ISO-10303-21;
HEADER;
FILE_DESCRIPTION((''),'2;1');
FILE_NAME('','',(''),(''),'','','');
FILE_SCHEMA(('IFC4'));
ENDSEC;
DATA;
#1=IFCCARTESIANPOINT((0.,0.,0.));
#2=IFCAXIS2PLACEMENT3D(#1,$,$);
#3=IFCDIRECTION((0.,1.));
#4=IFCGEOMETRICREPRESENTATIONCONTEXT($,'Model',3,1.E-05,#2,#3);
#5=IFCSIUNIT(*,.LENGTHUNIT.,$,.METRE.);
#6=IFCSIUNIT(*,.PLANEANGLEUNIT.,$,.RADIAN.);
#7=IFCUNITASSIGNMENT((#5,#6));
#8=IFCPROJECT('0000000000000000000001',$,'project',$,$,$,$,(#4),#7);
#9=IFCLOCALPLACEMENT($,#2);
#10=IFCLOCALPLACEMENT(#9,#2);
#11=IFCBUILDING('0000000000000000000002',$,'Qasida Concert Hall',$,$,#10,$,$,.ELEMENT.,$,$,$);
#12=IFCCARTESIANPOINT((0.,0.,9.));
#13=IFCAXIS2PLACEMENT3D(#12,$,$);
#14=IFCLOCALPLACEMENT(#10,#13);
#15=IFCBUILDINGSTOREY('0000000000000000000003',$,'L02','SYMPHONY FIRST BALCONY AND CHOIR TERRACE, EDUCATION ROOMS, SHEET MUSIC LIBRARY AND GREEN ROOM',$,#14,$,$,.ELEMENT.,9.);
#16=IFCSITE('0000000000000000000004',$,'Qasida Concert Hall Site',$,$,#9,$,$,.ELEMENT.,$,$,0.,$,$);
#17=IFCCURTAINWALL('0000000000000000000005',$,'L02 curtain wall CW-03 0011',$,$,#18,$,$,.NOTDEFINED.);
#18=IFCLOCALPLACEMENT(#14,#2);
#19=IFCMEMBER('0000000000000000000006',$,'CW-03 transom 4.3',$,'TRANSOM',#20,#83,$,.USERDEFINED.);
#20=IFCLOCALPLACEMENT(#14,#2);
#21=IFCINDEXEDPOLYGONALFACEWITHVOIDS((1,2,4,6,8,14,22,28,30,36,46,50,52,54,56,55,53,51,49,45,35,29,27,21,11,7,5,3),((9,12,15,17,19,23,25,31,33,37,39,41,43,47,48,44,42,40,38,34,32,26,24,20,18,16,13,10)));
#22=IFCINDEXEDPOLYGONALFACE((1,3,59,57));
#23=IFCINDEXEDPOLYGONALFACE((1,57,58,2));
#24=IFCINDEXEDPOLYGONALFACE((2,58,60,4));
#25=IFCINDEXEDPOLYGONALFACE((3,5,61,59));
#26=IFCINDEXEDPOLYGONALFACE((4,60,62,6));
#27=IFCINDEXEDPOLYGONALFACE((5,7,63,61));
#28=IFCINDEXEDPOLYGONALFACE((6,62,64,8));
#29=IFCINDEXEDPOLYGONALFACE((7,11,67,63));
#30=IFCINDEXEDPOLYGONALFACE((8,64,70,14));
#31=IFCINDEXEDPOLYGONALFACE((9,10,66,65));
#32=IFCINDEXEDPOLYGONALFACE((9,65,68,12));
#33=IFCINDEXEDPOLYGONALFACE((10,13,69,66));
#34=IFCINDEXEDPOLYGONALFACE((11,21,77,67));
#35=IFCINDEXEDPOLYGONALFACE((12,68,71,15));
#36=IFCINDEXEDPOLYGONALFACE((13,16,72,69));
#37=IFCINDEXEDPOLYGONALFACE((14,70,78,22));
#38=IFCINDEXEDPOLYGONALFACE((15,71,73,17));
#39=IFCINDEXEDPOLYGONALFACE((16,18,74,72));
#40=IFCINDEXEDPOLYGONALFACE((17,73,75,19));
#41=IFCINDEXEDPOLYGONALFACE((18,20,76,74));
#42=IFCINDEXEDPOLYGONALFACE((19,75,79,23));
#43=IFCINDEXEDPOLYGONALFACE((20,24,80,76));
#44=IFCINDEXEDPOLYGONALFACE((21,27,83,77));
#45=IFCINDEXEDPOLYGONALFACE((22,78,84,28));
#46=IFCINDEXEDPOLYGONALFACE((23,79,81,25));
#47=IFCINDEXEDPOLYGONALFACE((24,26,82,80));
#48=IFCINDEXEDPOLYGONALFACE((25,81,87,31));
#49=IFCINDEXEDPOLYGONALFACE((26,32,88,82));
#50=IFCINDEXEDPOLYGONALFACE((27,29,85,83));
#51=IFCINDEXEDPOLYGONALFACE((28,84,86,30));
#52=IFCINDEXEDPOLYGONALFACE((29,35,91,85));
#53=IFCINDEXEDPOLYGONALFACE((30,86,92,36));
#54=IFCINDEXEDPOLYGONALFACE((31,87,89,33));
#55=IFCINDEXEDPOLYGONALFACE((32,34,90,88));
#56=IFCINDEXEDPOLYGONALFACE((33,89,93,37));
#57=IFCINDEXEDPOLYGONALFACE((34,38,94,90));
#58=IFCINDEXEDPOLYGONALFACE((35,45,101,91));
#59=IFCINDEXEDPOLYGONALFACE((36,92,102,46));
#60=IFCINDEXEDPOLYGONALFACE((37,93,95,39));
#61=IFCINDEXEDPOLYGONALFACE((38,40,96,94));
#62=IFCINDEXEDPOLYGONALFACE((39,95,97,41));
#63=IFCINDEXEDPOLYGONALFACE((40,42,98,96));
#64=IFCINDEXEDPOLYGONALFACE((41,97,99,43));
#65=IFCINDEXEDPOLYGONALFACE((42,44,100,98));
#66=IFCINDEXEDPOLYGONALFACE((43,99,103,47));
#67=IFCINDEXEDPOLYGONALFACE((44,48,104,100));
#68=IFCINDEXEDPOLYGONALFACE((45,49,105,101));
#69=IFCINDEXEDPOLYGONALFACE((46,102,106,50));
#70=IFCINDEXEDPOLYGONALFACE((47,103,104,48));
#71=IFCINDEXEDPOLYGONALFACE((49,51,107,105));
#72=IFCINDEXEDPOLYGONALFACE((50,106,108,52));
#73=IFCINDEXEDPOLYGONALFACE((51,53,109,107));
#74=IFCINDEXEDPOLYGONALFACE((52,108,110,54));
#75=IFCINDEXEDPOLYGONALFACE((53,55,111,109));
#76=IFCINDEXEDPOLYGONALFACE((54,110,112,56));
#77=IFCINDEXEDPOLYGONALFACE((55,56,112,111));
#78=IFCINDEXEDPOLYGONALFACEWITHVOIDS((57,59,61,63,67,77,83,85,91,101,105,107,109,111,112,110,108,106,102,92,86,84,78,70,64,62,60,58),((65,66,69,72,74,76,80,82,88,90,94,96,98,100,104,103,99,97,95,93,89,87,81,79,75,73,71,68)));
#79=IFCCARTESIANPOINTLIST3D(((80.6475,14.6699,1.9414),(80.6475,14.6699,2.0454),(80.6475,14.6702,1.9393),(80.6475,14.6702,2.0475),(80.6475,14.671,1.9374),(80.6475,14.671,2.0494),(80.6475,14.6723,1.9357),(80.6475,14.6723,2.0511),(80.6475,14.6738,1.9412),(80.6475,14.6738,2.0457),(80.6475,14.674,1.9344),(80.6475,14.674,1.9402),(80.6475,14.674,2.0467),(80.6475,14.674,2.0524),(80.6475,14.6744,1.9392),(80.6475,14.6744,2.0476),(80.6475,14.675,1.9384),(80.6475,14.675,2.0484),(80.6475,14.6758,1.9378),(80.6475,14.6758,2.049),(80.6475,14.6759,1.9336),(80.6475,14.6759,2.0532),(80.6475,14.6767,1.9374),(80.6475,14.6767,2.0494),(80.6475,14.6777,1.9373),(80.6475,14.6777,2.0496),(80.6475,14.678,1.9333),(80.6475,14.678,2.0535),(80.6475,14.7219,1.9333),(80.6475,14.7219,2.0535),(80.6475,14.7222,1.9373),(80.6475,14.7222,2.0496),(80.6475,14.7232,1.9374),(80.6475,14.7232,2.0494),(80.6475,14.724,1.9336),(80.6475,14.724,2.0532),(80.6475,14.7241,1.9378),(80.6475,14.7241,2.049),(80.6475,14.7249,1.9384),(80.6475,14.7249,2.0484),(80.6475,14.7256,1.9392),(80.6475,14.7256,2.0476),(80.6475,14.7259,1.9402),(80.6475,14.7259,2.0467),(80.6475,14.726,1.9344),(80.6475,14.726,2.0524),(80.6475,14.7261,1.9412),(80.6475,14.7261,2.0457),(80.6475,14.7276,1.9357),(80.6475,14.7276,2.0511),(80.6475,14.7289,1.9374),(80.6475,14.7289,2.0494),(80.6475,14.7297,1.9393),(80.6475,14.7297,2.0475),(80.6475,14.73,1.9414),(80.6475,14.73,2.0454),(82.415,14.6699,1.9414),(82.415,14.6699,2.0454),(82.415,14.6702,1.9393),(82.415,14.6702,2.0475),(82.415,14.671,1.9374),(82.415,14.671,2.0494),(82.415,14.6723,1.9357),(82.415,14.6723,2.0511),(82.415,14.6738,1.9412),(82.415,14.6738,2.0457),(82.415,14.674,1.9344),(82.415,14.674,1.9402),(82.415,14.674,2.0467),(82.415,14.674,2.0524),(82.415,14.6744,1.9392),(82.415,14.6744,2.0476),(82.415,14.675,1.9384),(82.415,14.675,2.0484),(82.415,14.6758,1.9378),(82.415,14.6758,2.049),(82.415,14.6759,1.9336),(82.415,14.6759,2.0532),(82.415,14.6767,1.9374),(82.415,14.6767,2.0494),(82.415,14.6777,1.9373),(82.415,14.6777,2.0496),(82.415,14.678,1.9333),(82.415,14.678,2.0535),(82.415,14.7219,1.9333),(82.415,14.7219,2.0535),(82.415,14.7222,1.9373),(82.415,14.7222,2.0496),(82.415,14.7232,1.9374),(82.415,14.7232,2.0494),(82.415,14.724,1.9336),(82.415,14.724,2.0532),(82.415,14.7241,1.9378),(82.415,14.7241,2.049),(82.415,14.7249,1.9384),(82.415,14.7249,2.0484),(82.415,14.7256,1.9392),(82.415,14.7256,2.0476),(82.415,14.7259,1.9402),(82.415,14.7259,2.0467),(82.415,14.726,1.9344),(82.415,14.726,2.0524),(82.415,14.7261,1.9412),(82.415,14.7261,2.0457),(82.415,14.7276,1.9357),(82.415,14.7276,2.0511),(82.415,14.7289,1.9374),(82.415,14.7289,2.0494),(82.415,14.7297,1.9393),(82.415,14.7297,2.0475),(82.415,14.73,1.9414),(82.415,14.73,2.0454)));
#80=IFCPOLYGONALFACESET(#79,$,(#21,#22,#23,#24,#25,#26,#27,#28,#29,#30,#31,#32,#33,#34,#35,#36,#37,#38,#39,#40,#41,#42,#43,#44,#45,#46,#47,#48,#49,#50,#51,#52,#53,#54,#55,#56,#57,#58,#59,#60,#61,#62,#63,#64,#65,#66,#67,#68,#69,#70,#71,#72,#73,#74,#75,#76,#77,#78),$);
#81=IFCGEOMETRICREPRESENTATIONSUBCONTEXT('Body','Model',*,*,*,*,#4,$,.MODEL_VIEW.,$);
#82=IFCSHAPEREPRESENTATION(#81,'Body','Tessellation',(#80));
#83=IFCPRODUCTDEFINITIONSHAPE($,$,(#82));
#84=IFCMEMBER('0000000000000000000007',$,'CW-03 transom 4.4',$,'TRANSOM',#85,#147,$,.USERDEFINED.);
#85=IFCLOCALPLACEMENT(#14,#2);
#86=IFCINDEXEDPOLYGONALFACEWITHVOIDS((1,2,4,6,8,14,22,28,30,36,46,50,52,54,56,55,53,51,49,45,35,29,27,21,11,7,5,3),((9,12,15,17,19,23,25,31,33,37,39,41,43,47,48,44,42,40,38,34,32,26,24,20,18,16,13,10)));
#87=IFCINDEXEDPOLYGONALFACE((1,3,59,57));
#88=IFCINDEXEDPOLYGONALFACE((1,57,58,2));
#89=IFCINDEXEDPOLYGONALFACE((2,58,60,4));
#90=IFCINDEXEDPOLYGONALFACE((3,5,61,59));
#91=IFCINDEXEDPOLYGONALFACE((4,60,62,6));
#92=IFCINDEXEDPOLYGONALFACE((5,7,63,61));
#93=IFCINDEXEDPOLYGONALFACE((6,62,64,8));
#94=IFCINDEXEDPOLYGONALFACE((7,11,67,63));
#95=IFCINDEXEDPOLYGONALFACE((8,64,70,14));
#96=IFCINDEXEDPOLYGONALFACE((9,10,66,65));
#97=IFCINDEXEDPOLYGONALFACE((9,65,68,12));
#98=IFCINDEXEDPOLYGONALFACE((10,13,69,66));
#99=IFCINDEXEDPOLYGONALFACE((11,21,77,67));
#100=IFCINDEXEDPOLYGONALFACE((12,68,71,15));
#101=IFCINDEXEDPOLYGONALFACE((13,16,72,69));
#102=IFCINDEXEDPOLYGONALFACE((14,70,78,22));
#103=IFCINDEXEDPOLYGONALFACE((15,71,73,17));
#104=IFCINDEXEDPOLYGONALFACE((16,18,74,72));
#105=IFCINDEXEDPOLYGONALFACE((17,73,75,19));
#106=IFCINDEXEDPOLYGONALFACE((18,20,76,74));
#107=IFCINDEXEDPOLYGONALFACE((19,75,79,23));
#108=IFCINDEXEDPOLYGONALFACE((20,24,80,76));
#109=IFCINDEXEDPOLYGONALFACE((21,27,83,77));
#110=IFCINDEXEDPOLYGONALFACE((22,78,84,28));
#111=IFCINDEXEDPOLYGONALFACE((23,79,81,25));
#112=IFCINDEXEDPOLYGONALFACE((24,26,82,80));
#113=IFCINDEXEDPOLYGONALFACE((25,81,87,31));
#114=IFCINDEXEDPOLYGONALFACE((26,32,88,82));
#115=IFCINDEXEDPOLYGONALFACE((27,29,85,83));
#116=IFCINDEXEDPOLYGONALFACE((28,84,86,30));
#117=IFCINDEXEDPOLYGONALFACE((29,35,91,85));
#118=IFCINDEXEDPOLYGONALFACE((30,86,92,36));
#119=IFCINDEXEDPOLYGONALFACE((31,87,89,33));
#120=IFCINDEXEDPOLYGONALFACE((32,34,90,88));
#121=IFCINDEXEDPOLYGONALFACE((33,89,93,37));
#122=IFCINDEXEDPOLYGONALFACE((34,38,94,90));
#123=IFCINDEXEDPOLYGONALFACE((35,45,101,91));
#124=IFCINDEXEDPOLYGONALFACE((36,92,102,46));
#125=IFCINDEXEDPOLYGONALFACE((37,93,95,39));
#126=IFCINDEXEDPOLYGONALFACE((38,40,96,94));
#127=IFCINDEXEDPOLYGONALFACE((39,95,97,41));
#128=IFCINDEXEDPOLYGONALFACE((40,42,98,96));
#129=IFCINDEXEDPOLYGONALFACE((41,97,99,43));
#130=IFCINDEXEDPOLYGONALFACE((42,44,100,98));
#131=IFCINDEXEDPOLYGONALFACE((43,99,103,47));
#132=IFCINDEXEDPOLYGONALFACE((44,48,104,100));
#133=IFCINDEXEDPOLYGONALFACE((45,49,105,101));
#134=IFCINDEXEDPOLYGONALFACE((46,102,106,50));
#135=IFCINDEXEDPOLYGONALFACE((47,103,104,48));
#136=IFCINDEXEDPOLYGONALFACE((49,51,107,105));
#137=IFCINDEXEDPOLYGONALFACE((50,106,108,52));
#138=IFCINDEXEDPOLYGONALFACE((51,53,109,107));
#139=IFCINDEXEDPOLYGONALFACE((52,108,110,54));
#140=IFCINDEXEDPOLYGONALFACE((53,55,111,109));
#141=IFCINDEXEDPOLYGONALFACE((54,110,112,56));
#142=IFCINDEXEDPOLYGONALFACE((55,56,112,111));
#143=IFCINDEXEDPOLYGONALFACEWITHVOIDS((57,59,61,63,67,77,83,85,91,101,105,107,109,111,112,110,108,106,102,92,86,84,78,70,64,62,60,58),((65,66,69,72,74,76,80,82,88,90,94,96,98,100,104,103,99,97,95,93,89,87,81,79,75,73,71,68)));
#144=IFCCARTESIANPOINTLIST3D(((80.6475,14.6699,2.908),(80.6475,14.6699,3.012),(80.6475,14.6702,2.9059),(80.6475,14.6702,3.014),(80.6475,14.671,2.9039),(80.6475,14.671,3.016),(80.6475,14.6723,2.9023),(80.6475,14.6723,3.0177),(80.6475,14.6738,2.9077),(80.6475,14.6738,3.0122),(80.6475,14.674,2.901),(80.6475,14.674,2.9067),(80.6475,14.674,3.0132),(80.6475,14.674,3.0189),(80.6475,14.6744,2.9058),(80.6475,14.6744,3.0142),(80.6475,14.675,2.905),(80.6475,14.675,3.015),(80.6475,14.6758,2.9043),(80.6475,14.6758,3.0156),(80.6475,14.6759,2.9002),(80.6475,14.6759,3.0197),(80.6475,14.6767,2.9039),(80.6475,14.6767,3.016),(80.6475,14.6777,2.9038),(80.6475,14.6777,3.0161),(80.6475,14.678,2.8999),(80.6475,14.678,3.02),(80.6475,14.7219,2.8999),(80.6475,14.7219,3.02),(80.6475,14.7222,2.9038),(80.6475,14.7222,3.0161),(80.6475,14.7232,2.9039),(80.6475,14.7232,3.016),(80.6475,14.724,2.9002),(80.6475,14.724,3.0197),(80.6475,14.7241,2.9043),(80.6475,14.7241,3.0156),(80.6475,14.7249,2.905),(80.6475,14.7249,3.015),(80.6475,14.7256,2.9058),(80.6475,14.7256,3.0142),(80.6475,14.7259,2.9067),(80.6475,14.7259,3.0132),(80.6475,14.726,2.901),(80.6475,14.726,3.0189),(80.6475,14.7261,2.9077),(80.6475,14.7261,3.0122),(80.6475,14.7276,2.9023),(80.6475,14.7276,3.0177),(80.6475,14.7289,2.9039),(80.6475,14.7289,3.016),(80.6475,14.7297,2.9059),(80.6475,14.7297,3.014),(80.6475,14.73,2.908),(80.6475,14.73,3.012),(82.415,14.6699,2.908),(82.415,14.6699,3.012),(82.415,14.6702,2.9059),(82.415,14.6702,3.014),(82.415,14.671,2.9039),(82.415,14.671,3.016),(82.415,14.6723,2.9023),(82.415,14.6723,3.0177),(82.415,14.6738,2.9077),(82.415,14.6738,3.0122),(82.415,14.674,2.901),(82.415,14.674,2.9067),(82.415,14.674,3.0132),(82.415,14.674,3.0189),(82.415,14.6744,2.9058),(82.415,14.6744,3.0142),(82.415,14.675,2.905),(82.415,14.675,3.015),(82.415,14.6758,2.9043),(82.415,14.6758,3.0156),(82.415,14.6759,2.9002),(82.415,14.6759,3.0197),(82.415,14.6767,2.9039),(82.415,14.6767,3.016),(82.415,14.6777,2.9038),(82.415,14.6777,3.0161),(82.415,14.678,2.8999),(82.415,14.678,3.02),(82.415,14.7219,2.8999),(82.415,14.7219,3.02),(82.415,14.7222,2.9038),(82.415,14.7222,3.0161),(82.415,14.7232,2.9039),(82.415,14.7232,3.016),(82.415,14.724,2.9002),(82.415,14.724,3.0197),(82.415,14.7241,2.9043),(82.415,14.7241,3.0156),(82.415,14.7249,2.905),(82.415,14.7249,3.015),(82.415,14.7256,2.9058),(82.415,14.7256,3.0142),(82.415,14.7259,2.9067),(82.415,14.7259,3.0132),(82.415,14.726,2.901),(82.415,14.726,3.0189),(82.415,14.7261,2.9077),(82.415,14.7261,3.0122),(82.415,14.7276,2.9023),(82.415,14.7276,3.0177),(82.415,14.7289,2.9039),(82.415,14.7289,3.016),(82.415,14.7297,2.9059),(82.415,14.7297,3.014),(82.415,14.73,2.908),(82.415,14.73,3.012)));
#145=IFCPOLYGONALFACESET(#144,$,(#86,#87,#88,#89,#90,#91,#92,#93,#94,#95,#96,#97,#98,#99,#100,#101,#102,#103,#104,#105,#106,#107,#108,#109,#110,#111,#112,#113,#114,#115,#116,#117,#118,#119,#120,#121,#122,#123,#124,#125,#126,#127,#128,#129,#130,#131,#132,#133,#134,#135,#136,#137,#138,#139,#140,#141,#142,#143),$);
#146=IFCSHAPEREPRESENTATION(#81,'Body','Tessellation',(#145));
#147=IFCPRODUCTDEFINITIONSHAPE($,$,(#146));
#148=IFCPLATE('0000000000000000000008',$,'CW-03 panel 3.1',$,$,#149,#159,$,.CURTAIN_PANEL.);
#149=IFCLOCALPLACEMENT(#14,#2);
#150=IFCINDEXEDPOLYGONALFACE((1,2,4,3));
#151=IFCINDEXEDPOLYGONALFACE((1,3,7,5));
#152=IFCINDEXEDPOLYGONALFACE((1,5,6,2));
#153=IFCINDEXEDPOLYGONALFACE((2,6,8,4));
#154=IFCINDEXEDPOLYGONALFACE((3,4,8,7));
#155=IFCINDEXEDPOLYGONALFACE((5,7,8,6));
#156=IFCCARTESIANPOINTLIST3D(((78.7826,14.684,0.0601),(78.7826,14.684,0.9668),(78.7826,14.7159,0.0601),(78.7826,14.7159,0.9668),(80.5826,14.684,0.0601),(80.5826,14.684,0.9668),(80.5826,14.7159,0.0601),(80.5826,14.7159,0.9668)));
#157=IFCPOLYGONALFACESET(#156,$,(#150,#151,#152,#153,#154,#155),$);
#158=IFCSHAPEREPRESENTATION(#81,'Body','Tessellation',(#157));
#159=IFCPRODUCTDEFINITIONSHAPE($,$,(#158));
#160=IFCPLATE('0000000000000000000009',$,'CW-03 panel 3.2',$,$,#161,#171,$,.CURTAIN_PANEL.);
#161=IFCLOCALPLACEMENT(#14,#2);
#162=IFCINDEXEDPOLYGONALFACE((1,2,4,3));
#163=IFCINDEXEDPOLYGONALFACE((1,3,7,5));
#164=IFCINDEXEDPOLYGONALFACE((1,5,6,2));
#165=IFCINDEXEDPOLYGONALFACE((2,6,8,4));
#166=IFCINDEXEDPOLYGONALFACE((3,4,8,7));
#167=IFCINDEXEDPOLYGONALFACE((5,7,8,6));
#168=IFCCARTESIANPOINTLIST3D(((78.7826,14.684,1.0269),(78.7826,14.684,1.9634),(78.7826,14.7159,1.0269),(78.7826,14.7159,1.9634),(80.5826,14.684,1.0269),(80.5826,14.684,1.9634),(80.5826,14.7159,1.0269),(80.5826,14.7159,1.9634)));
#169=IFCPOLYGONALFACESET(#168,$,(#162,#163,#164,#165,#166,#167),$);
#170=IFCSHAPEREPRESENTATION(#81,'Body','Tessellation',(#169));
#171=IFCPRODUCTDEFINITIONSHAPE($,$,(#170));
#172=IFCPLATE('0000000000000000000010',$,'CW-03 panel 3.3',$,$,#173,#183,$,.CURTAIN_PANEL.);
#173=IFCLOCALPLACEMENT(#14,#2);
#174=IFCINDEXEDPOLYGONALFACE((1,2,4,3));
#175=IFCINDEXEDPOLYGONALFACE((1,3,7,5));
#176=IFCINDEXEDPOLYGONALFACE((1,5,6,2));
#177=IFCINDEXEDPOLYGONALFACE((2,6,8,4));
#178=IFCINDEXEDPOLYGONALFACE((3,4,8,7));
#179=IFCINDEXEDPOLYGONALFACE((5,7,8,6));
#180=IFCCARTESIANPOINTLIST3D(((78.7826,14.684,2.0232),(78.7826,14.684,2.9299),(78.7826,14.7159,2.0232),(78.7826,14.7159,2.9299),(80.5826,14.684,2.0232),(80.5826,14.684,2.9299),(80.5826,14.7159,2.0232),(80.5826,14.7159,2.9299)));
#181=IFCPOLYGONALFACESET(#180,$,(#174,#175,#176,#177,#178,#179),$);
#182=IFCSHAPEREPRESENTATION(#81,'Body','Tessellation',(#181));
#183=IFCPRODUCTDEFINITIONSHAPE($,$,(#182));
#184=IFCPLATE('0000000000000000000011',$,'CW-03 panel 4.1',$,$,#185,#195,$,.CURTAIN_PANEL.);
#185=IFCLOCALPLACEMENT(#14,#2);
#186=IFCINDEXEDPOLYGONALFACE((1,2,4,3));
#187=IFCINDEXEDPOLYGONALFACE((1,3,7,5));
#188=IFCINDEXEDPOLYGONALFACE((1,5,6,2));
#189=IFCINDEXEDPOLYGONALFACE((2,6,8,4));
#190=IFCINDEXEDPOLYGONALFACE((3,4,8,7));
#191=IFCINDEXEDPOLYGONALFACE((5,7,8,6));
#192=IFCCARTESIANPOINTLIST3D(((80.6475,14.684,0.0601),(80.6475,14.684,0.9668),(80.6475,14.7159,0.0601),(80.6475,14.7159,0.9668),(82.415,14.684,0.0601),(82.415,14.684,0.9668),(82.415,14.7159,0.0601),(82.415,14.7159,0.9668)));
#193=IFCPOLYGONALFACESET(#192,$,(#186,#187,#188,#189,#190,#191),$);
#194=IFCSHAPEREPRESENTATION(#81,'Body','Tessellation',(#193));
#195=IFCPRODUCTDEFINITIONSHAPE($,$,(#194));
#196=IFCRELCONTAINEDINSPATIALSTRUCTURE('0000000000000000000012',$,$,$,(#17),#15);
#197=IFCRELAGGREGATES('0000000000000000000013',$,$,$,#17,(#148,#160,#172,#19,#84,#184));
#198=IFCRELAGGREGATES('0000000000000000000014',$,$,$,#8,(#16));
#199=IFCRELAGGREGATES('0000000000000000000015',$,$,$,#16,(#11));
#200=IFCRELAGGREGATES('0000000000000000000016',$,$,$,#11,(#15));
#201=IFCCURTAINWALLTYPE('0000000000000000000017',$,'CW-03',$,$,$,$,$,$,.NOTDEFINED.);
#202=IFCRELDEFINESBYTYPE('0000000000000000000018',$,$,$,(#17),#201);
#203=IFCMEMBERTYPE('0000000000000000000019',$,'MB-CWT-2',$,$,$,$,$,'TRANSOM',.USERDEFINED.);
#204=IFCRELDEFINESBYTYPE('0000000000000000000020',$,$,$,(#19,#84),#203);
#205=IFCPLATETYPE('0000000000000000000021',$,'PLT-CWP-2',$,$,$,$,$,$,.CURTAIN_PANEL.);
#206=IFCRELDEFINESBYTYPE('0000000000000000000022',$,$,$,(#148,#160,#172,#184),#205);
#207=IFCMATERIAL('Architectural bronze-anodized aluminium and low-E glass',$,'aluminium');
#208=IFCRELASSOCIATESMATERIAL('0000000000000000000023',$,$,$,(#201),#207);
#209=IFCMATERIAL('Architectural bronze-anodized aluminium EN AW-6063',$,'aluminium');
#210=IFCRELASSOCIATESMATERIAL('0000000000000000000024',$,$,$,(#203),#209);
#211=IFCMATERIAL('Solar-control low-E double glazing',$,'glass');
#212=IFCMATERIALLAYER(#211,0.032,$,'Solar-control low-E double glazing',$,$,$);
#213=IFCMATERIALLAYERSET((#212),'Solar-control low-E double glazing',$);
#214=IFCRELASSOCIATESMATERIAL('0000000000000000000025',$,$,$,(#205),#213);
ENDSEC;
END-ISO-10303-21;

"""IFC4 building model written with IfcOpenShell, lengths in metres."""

from ifc_helpers import new_model, si_unit, direction, frame, origin, origin_2d, place, context, subcontext, project, spatial, rectangle, hollow_rectangle, extrude, material, layer, layer_set, material_profile, profile_set, type_object, element, aggregate, save


model = new_model("IFC4")

# Units and contexts
model_context = context("Model", 3, precision=1e-05, world=origin(), true_north=direction((0.0, 1.0)))
body_context = subcontext(model_context, "Body", "Model", "MODEL_VIEW")
ifc_project = project(units=[si_unit("LENGTHUNIT", "METRE"), si_unit("PLANEANGLEUNIT", "RADIAN")], contexts=[model_context])

# Site, building, storey
site_placement = place(None, origin())
site = spatial("IfcSite", under=ifc_project, at=site_placement, Name="Qasida Concert Hall Site", CompositionType="ELEMENT", RefElevation=0.0)
building_placement = place(site_placement, origin())
building = spatial("IfcBuilding", under=site, at=building_placement, Name="Qasida Concert Hall", CompositionType="ELEMENT")
storey_placement = place(building_placement, frame((0.0, 0.0, 9.0)))
storey = spatial("IfcBuildingStorey", under=building, at=storey_placement, Name="L02", Description="SYMPHONY FIRST BALCONY AND CHOIR TERRACE, EDUCATION ROOMS, SHEET MUSIC LIBRARY AND GREEN ROOM", CompositionType="ELEMENT", Elevation=9.0)

# Curtain wall, members, plates
ifc_material_1 = material(Name="Architectural bronze-anodized aluminium and low-E glass", Category="aluminium")
curtain_wall_type = type_object("IfcCurtainWallType", Name="CW-03", PredefinedType="NOTDEFINED", material=ifc_material_1)
curtain_wall_placement = place(storey_placement, origin())
curtain_wall = element("IfcCurtainWall", 1, at=curtain_wall_placement, inside=storey, type_object=curtain_wall_type, Name="L02 curtain wall CW-03 0011", PredefinedType="NOTDEFINED")
ifc_material_2 = material(Name="Architectural bronze-anodized aluminium EN AW-6063", Category="aluminium")
ifc_material_profile_1 = material_profile(ifc_material_2, hollow_rectangle(XDim=0.0601, YDim=0.1201, WallThickness=0.0039, InnerFilletRadius=0.0039, OuterFilletRadius=0.0081, at=origin_2d()), Name="CWT 120x60x4")
ifc_profile_set_1 = profile_set([ifc_material_profile_1], Name="Architectural bronze-anodized aluminium EN AW-6063")
member_type_1 = type_object("IfcMemberType", Name="MB-CWT-2", ElementType="TRANSOM", PredefinedType="USERDEFINED", material=ifc_profile_set_1)
member_1_placement = place(storey_placement, frame((80.6475, 14.7, 1.9934), z_axis=(1.0, 0.0, 0.0), x_axis=(0.0, 1.0, 0.0)))
member_1 = element("IfcMember", 2, at=member_1_placement, type_object=member_type_1, Name="CW-03 transom 4.3", ObjectType="TRANSOM", PredefinedType="USERDEFINED", context=body_context, shape_type="SweptSolid", body=[
    extrude(hollow_rectangle(XDim=0.0601, YDim=0.1201, WallThickness=0.0039, InnerFilletRadius=0.0039, OuterFilletRadius=0.0081, at=origin_2d()), origin(), (0.0, 0.0, 1.0), 1.7676),
])
member_2_placement = place(storey_placement, frame((80.6475, 14.7, 2.96), z_axis=(1.0, 0.0, 0.0), x_axis=(0.0, 1.0, 0.0)))
member_2 = element("IfcMember", 3, at=member_2_placement, type_object=member_type_1, Name="CW-03 transom 4.4", ObjectType="TRANSOM", PredefinedType="USERDEFINED", context=body_context, shape_type="SweptSolid", body=[
    extrude(hollow_rectangle(XDim=0.0601, YDim=0.1201, WallThickness=0.0039, InnerFilletRadius=0.0039, OuterFilletRadius=0.0081, at=origin_2d()), origin(), (0.0, 0.0, 1.0), 1.7676),
])
ifc_material_3 = material(Name="Solar-control low-E double glazing", Category="glass")
ifc_layer_1 = layer(ifc_material_3, 0.032, Name="Solar-control low-E double glazing")
ifc_layer_set_1 = layer_set([ifc_layer_1], Name="Solar-control low-E double glazing")
plate_type = type_object("IfcPlateType", Name="PLT-CWP-2", PredefinedType="CURTAIN_PANEL", material=ifc_layer_set_1)
plate_1_placement = place(storey_placement, frame((79.6826, 14.7, 0.0601), z_axis=(0.0, 0.0, 1.0), x_axis=(1.0, 0.0, 0.0)))
plate_1 = element("IfcPlate", 4, at=plate_1_placement, type_object=plate_type, Name="CW-03 panel 3.1", PredefinedType="CURTAIN_PANEL", context=body_context, shape_type="SweptSolid", body=[
    extrude(rectangle(XDim=1.8, YDim=0.032, at=origin_2d()), origin(), (0.0, 0.0, 1.0), 0.9067),
])
plate_2_placement = place(storey_placement, frame((79.6826, 14.7, 1.0269), z_axis=(0.0, 0.0, 1.0), x_axis=(1.0, 0.0, 0.0)))
plate_2 = element("IfcPlate", 5, at=plate_2_placement, type_object=plate_type, Name="CW-03 panel 3.2", PredefinedType="CURTAIN_PANEL", context=body_context, shape_type="SweptSolid", body=[
    extrude(rectangle(XDim=1.8, YDim=0.032, at=origin_2d()), origin(), (0.0, 0.0, 1.0), 0.9365),
])
plate_3_placement = place(storey_placement, frame((79.6826, 14.7, 2.0232), z_axis=(0.0, 0.0, 1.0), x_axis=(1.0, 0.0, 0.0)))
plate_3 = element("IfcPlate", 6, at=plate_3_placement, type_object=plate_type, Name="CW-03 panel 3.3", PredefinedType="CURTAIN_PANEL", context=body_context, shape_type="SweptSolid", body=[
    extrude(rectangle(XDim=1.8, YDim=0.032, at=origin_2d()), origin(), (0.0, 0.0, 1.0), 0.9067),
])
plate_4_placement = place(storey_placement, frame((81.5312, 14.7, 0.0601), z_axis=(0.0, 0.0, 1.0), x_axis=(1.0, 0.0, 0.0)))
plate_4 = element("IfcPlate", 7, at=plate_4_placement, type_object=plate_type, Name="CW-03 panel 4.1", PredefinedType="CURTAIN_PANEL", context=body_context, shape_type="SweptSolid", body=[
    extrude(rectangle(XDim=1.7676, YDim=0.032, at=origin_2d()), origin(), (0.0, 0.0, 1.0), 0.9067),
])
aggregate(curtain_wall, [plate_1, plate_2, plate_3, member_1, member_2, plate_4])

save(model, "model.ifc")
